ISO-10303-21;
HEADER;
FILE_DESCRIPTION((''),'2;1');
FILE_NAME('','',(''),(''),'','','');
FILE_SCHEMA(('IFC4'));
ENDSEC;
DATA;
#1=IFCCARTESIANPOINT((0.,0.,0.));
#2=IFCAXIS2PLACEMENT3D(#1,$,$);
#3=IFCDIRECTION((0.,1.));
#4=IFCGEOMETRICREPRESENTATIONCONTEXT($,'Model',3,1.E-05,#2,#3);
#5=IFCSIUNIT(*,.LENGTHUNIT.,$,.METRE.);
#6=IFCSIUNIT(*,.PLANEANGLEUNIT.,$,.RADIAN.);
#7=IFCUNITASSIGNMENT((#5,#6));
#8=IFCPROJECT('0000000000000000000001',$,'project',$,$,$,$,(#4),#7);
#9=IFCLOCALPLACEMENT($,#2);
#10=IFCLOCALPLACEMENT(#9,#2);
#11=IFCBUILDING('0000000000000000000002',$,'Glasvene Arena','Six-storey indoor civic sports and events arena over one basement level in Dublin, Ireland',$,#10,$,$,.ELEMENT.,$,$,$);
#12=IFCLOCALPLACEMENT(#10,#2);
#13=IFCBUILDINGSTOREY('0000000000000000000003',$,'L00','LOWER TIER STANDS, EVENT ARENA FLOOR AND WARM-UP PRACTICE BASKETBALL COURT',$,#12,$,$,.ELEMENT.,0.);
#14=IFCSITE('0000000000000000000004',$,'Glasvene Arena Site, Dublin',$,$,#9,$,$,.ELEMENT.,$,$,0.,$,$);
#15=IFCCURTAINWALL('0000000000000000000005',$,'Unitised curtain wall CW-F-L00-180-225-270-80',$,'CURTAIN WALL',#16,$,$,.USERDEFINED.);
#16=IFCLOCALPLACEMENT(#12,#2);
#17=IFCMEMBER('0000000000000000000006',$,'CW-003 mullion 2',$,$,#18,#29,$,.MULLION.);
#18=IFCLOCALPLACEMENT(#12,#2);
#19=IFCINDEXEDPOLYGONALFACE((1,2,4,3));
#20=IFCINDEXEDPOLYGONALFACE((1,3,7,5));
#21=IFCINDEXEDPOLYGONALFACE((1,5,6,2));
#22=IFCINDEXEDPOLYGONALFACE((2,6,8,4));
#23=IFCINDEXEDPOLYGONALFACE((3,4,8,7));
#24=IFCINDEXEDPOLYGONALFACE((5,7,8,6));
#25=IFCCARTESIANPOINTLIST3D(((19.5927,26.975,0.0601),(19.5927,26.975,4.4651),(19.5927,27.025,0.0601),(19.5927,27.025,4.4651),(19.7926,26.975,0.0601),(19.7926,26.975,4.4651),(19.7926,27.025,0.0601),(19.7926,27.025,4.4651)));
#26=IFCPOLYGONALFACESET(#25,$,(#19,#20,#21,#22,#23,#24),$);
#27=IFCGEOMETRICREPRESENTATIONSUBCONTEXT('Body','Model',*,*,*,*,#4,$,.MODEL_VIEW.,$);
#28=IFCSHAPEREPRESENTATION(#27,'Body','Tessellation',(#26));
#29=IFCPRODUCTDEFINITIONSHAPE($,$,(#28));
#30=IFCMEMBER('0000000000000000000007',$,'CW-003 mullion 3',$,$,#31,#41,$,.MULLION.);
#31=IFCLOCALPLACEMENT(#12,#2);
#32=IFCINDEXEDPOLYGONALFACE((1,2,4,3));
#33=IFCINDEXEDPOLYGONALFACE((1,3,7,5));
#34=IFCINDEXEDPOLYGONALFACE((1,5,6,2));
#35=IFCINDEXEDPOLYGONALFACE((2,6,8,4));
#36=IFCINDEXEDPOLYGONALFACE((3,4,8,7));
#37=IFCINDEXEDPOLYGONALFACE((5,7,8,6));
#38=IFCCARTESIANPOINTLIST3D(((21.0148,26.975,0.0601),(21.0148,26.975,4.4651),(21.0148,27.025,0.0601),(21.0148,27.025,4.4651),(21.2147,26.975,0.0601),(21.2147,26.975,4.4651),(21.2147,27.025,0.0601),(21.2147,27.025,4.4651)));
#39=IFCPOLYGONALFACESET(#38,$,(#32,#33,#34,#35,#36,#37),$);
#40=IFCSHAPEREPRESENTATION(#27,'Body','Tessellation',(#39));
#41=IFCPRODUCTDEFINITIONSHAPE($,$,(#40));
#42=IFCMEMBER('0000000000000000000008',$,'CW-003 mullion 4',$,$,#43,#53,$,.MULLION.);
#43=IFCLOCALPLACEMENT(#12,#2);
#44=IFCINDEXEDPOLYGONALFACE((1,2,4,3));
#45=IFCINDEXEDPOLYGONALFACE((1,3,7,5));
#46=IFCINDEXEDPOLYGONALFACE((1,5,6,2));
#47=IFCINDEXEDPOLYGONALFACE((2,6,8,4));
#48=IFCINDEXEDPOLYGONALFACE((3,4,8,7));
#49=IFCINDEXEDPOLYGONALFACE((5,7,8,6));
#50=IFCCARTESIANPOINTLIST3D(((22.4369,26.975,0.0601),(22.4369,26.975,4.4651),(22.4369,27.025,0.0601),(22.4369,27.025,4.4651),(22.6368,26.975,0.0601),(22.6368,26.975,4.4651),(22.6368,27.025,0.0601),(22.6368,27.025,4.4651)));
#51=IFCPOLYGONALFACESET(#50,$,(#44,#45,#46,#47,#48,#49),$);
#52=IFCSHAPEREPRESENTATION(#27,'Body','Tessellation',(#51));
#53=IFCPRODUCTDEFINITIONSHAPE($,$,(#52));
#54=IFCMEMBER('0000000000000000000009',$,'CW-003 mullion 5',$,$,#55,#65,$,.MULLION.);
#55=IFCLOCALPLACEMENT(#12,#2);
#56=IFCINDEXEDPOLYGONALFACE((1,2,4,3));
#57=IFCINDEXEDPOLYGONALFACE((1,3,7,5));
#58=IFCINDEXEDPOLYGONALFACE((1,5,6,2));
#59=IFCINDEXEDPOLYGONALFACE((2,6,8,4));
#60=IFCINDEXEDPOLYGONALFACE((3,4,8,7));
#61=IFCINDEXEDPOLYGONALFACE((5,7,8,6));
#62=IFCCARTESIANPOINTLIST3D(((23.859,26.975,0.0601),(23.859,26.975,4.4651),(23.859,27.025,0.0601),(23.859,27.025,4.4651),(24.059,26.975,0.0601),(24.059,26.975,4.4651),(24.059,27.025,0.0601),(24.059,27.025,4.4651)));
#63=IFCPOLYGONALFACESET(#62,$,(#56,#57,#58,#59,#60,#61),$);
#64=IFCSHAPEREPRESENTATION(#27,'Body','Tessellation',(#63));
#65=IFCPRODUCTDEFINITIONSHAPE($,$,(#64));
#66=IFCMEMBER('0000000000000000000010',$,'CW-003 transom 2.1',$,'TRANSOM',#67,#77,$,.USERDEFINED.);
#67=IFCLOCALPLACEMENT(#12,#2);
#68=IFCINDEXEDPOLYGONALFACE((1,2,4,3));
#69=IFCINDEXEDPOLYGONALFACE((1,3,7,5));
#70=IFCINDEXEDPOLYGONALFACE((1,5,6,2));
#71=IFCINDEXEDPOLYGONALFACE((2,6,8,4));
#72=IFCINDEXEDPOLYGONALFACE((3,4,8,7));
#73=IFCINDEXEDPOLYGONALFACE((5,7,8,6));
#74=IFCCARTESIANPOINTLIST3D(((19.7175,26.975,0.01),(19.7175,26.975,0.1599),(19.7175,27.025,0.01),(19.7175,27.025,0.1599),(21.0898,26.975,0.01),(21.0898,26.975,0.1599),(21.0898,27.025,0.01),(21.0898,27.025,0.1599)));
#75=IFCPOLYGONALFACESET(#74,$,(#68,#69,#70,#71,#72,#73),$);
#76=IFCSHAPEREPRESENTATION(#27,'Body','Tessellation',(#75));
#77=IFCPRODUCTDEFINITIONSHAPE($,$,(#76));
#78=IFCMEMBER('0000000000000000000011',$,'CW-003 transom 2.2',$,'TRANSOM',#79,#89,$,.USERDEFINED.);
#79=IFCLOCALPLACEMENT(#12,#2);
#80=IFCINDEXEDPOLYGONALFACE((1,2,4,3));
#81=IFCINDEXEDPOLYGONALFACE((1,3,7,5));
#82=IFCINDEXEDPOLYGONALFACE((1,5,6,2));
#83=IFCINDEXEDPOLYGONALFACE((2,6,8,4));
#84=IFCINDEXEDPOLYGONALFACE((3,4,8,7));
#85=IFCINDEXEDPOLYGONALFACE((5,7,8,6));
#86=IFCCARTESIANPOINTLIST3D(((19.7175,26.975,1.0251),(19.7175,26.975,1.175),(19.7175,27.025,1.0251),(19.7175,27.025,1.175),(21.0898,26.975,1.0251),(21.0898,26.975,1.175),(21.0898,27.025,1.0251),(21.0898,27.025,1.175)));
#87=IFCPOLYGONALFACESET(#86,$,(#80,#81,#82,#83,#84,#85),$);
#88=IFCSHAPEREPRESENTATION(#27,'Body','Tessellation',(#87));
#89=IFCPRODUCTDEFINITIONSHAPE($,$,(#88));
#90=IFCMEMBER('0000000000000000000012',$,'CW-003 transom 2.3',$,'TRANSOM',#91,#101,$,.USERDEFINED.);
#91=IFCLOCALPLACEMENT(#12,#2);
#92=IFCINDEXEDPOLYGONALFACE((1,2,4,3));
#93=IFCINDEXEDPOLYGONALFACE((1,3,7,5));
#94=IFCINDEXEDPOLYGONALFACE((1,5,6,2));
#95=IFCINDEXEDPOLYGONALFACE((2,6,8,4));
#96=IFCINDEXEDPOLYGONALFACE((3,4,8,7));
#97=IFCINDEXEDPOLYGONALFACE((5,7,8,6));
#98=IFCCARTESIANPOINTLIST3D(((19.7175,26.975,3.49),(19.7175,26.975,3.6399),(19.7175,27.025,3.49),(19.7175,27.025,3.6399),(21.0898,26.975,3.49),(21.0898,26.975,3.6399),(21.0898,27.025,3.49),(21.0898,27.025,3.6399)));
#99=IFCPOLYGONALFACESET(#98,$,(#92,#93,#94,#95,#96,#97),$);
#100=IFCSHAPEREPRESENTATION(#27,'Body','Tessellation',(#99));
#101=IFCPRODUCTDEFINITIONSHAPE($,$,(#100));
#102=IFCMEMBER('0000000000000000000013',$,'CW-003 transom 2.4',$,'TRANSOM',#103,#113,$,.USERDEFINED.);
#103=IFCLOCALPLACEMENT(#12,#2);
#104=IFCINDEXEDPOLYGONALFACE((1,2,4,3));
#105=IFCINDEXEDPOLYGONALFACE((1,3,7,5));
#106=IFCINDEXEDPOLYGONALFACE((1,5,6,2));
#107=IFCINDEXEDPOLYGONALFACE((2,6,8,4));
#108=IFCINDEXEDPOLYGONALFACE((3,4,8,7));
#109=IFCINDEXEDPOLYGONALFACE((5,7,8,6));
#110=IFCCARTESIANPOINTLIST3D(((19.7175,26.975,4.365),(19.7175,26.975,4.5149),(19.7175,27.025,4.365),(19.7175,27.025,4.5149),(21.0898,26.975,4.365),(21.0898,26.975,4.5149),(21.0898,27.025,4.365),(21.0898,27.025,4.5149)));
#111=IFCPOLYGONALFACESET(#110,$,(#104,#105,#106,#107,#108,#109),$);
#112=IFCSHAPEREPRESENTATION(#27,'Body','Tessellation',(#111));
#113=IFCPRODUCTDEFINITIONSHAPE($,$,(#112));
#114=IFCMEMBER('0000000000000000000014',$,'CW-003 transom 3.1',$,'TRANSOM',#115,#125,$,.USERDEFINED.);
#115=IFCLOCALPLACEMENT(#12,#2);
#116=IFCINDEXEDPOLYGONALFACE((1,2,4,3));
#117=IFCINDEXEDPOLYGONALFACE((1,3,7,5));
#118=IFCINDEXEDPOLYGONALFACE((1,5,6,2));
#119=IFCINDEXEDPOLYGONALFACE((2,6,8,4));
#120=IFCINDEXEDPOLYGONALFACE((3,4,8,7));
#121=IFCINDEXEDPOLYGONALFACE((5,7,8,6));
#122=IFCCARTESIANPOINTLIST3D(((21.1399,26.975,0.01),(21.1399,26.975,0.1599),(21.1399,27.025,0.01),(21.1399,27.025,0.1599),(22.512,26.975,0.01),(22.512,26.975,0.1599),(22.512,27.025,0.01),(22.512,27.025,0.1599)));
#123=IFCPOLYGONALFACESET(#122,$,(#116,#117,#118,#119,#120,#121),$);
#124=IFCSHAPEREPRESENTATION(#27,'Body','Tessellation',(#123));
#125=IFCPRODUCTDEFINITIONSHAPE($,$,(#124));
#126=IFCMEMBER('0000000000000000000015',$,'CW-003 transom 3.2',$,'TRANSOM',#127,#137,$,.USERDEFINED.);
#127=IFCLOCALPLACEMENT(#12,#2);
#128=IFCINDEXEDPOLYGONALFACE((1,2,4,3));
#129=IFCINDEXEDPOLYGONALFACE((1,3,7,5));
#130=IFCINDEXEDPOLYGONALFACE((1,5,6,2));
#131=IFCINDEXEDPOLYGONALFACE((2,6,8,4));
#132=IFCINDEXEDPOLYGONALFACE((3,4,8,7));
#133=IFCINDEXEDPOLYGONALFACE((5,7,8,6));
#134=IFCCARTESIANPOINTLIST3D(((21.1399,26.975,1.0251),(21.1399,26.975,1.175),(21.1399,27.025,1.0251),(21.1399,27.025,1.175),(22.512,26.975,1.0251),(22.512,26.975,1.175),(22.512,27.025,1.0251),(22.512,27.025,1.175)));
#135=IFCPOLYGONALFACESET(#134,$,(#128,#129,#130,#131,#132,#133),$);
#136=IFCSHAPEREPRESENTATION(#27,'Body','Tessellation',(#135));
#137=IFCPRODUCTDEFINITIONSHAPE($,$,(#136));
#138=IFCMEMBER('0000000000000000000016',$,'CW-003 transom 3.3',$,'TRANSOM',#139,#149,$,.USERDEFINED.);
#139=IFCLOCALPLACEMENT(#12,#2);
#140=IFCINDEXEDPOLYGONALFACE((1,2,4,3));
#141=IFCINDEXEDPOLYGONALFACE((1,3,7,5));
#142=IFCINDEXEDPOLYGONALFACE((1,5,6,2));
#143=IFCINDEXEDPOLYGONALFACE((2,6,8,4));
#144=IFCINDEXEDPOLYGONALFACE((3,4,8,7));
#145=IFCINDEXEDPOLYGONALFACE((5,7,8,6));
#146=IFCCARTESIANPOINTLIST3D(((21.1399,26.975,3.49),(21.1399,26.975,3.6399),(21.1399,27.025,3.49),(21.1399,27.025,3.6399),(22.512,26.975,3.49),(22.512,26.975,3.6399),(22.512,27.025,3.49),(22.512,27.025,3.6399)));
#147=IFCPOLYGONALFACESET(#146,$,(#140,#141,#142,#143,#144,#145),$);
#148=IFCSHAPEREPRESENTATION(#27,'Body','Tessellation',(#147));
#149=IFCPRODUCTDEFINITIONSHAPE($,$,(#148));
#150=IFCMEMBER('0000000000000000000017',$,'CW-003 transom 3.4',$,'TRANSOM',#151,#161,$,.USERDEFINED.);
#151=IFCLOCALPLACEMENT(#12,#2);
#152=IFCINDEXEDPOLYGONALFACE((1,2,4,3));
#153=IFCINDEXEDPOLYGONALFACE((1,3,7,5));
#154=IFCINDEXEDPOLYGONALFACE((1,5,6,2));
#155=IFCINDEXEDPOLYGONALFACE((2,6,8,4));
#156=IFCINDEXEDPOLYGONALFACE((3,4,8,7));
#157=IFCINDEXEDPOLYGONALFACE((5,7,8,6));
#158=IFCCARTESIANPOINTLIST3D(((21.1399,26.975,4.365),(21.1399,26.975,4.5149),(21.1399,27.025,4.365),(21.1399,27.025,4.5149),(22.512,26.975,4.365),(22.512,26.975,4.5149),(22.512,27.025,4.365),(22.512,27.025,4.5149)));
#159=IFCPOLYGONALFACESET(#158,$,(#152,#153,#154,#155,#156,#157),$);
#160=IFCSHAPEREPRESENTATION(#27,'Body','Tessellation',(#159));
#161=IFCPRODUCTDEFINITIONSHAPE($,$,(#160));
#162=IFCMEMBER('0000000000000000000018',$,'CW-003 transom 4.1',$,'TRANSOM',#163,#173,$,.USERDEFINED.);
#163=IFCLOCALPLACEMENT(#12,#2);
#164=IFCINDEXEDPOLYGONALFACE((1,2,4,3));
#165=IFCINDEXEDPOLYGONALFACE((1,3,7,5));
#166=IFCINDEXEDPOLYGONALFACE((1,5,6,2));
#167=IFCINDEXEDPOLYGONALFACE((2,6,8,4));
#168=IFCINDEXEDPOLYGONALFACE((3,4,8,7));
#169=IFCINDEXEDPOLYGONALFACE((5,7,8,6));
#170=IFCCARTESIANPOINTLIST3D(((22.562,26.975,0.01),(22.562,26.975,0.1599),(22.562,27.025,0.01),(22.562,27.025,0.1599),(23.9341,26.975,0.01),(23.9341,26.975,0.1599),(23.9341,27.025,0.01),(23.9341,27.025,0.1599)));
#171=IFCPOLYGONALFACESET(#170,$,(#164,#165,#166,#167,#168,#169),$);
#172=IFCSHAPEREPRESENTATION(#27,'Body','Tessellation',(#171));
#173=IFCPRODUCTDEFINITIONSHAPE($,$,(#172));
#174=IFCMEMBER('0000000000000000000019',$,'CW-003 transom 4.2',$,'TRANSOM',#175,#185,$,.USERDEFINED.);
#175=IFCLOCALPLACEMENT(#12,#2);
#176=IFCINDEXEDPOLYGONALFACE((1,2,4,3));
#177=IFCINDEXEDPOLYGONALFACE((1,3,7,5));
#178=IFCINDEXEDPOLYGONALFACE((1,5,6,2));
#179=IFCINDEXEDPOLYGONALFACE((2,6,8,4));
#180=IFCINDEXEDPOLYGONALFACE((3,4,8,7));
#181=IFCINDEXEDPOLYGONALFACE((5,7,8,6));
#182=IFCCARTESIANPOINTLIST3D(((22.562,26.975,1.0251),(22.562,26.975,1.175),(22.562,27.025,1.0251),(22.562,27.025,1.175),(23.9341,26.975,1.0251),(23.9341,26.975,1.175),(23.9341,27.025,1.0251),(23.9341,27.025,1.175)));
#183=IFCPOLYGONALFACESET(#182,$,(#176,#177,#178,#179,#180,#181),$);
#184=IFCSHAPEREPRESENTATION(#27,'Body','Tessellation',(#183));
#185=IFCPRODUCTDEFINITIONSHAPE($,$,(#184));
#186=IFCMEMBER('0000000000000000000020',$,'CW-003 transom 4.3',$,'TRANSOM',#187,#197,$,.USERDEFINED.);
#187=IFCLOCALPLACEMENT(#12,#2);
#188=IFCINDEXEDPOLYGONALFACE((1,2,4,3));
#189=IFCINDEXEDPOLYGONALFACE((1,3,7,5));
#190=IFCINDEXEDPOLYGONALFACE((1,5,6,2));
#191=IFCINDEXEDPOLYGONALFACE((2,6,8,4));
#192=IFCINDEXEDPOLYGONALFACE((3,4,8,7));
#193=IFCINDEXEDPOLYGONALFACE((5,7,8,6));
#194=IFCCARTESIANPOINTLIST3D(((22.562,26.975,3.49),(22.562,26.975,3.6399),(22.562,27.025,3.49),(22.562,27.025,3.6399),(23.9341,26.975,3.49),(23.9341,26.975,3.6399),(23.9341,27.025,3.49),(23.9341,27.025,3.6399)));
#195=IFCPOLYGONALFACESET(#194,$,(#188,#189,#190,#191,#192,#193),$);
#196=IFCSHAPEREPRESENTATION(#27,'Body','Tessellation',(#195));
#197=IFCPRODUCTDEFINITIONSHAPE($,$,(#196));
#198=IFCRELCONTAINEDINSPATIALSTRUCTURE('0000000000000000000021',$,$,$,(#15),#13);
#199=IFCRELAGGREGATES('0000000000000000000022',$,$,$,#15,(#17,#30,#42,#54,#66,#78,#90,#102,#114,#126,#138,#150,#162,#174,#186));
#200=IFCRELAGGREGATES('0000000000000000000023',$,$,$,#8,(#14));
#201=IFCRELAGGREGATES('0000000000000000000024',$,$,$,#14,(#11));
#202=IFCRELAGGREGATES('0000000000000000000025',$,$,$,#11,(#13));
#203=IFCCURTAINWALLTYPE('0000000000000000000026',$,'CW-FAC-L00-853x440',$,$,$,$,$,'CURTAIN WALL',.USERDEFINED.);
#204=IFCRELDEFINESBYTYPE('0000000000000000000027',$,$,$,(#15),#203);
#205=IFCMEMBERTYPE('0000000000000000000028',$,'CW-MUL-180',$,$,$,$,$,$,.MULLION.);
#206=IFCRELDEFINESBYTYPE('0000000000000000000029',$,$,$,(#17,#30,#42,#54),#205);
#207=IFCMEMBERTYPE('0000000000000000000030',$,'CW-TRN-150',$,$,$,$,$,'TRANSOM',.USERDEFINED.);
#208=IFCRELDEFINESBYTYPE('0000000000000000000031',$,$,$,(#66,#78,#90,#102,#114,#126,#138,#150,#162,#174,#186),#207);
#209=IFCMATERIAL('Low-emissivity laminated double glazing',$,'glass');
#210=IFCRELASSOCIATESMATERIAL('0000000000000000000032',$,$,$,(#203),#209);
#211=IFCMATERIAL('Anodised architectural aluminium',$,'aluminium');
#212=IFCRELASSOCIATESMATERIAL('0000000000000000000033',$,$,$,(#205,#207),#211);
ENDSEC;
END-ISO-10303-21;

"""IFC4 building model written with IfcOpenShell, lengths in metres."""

from ifc_helpers import new_model, si_unit, direction, frame, origin, origin_2d, place, context, subcontext, project, spatial, rectangle, extrude, material, material_profile, profile_set, type_object, element, aggregate, save


model = new_model("IFC4")

# Units and contexts
model_context = context("Model", 3, precision=1e-05, world=origin(), true_north=direction((0.0, 1.0)))
body_context = subcontext(model_context, "Body", "Model", "MODEL_VIEW")
ifc_project = project(units=[si_unit("LENGTHUNIT", "METRE"), si_unit("PLANEANGLEUNIT", "RADIAN")], contexts=[model_context])

# Site, building, storey
site_placement = place(None, origin())
site = spatial("IfcSite", under=ifc_project, at=site_placement, Name="Glasvene Arena Site, Dublin", CompositionType="ELEMENT", RefElevation=0.0)
building_placement = place(site_placement, origin())
building = spatial("IfcBuilding", under=site, at=building_placement, Name="Glasvene Arena", Description="Six-storey indoor civic sports and events arena over one basement level in Dublin, Ireland", CompositionType="ELEMENT")
storey_placement = place(building_placement, origin())
storey = spatial("IfcBuildingStorey", under=building, at=storey_placement, Name="L00", Description="LOWER TIER STANDS, EVENT ARENA FLOOR AND WARM-UP PRACTICE BASKETBALL COURT", CompositionType="ELEMENT", Elevation=0.0)

# Curtain wall, members
ifc_material_1 = material(Name="Low-emissivity laminated double glazing", Category="glass")
curtain_wall_type = type_object("IfcCurtainWallType", Name="CW-FAC-L00-853x440", ElementType="CURTAIN WALL", PredefinedType="USERDEFINED", material=ifc_material_1)
curtain_wall_placement = place(storey_placement, frame((18.2705, 27.0, 0.0)))
curtain_wall = element("IfcCurtainWall", 1, at=curtain_wall_placement, inside=storey, type_object=curtain_wall_type, Name="Unitised curtain wall CW-F-L00-180-225-270-80", ObjectType="CURTAIN WALL", PredefinedType="USERDEFINED")
ifc_material_2 = material(Name="Anodised architectural aluminium", Category="aluminium")
ifc_material_profile_1 = material_profile(ifc_material_2, rectangle(XDim=0.05, YDim=0.2, at=origin_2d()), Name="ALU MULLION 50x200")
ifc_profile_set_1 = profile_set([ifc_material_profile_1], Name="Anodised architectural aluminium")
member_type_1 = type_object("IfcMemberType", Name="CW-MUL-180", PredefinedType="MULLION", material=ifc_profile_set_1)
member_1_placement = place(storey_placement, frame((19.6926, 27.0, 0.0601), z_axis=(0.0, 0.0, 1.0), x_axis=(0.0, 1.0, 0.0)))
member_1 = element("IfcMember", 2, at=member_1_placement, type_object=member_type_1, Name="CW-003 mullion 2", PredefinedType="MULLION", context=body_context, shape_type="SweptSolid", body=[
    extrude(rectangle(XDim=0.05, YDim=0.2, at=origin_2d()), origin(), (0.0, 0.0, 1.0), 4.405),
])
member_2_placement = place(storey_placement, frame((21.1147, 27.0, 0.0601), z_axis=(0.0, 0.0, 1.0), x_axis=(0.0, 1.0, 0.0)))
member_2 = element("IfcMember", 3, at=member_2_placement, type_object=member_type_1, Name="CW-003 mullion 3", PredefinedType="MULLION", context=body_context, shape_type="SweptSolid", body=[
    extrude(rectangle(XDim=0.05, YDim=0.2, at=origin_2d()), origin(), (0.0, 0.0, 1.0), 4.405),
])
member_3_placement = place(storey_placement, frame((22.5369, 27.0, 0.0601), z_axis=(0.0, 0.0, 1.0), x_axis=(0.0, 1.0, 0.0)))
member_3 = element("IfcMember", 4, at=member_3_placement, type_object=member_type_1, Name="CW-003 mullion 4", PredefinedType="MULLION", context=body_context, shape_type="SweptSolid", body=[
    extrude(rectangle(XDim=0.05, YDim=0.2, at=origin_2d()), origin(), (0.0, 0.0, 1.0), 4.405),
])
member_4_placement = place(storey_placement, frame((23.959, 27.0, 0.0601), z_axis=(0.0, 0.0, 1.0), x_axis=(0.0, 1.0, 0.0)))
member_4 = element("IfcMember", 5, at=member_4_placement, type_object=member_type_1, Name="CW-003 mullion 5", PredefinedType="MULLION", context=body_context, shape_type="SweptSolid", body=[
    extrude(rectangle(XDim=0.05, YDim=0.2, at=origin_2d()), origin(), (0.0, 0.0, 1.0), 4.405),
])
ifc_material_profile_2 = material_profile(ifc_material_2, rectangle(XDim=0.05, YDim=0.1499, at=origin_2d()), Name="ALU TRANSOM 50x150")
ifc_profile_set_2 = profile_set([ifc_material_profile_2], Name="Anodised architectural aluminium")
member_type_2 = type_object("IfcMemberType", Name="CW-TRN-150", ElementType="TRANSOM", PredefinedType="USERDEFINED", material=ifc_profile_set_2)
member_5_placement = place(storey_placement, frame((19.7175, 27.0, 0.085), z_axis=(1.0, 0.0, 0.0), x_axis=(0.0, 1.0, 0.0)))
member_5 = element("IfcMember", 6, at=member_5_placement, type_object=member_type_2, Name="CW-003 transom 2.1", ObjectType="TRANSOM", PredefinedType="USERDEFINED", context=body_context, shape_type="SweptSolid", body=[
    extrude(rectangle(XDim=0.05, YDim=0.1499, at=origin_2d()), origin(), (0.0, 0.0, 1.0), 1.3723),
])
member_6_placement = place(storey_placement, frame((19.7175, 27.0, 1.1001), z_axis=(1.0, 0.0, 0.0), x_axis=(0.0, 1.0, 0.0)))
member_6 = element("IfcMember", 7, at=member_6_placement, type_object=member_type_2, Name="CW-003 transom 2.2", ObjectType="TRANSOM", PredefinedType="USERDEFINED", context=body_context, shape_type="SweptSolid", body=[
    extrude(rectangle(XDim=0.05, YDim=0.1499, at=origin_2d()), origin(), (0.0, 0.0, 1.0), 1.3723),
])
member_7_placement = place(storey_placement, frame((19.7175, 27.0, 3.5649), z_axis=(1.0, 0.0, 0.0), x_axis=(0.0, 1.0, 0.0)))
member_7 = element("IfcMember", 8, at=member_7_placement, type_object=member_type_2, Name="CW-003 transom 2.3", ObjectType="TRANSOM", PredefinedType="USERDEFINED", context=body_context, shape_type="SweptSolid", body=[
    extrude(rectangle(XDim=0.05, YDim=0.1499, at=origin_2d()), origin(), (0.0, 0.0, 1.0), 1.3723),
])
member_8_placement = place(storey_placement, frame((19.7175, 27.0, 4.4399), z_axis=(1.0, 0.0, 0.0), x_axis=(0.0, 1.0, 0.0)))
member_8 = element("IfcMember", 9, at=member_8_placement, type_object=member_type_2, Name="CW-003 transom 2.4", ObjectType="TRANSOM", PredefinedType="USERDEFINED", context=body_context, shape_type="SweptSolid", body=[
    extrude(rectangle(XDim=0.05, YDim=0.1499, at=origin_2d()), origin(), (0.0, 0.0, 1.0), 1.3723),
])
member_9_placement = place(storey_placement, frame((21.1399, 27.0, 0.085), z_axis=(1.0, 0.0, 0.0), x_axis=(0.0, 1.0, 0.0)))
member_9 = element("IfcMember", 10, at=member_9_placement, type_object=member_type_2, Name="CW-003 transom 3.1", ObjectType="TRANSOM", PredefinedType="USERDEFINED", context=body_context, shape_type="SweptSolid", body=[
    extrude(rectangle(XDim=0.05, YDim=0.1499, at=origin_2d()), origin(), (0.0, 0.0, 1.0), 1.3721),
])
member_10_placement = place(storey_placement, frame((21.1399, 27.0, 1.1001), z_axis=(1.0, 0.0, 0.0), x_axis=(0.0, 1.0, 0.0)))
member_10 = element("IfcMember", 11, at=member_10_placement, type_object=member_type_2, Name="CW-003 transom 3.2", ObjectType="TRANSOM", PredefinedType="USERDEFINED", context=body_context, shape_type="SweptSolid", body=[
    extrude(rectangle(XDim=0.05, YDim=0.1499, at=origin_2d()), origin(), (0.0, 0.0, 1.0), 1.3721),
])
member_11_placement = place(storey_placement, frame((21.1399, 27.0, 3.5649), z_axis=(1.0, 0.0, 0.0), x_axis=(0.0, 1.0, 0.0)))
member_11 = element("IfcMember", 12, at=member_11_placement, type_object=member_type_2, Name="CW-003 transom 3.3", ObjectType="TRANSOM", PredefinedType="USERDEFINED", context=body_context, shape_type="SweptSolid", body=[
    extrude(rectangle(XDim=0.05, YDim=0.1499, at=origin_2d()), origin(), (0.0, 0.0, 1.0), 1.3721),
])
member_12_placement = place(storey_placement, frame((21.1399, 27.0, 4.4399), z_axis=(1.0, 0.0, 0.0), x_axis=(0.0, 1.0, 0.0)))
member_12 = element("IfcMember", 13, at=member_12_placement, type_object=member_type_2, Name="CW-003 transom 3.4", ObjectType="TRANSOM", PredefinedType="USERDEFINED", context=body_context, shape_type="SweptSolid", body=[
    extrude(rectangle(XDim=0.05, YDim=0.1499, at=origin_2d()), origin(), (0.0, 0.0, 1.0), 1.3721),
])
member_13_placement = place(storey_placement, frame((22.562, 27.0, 0.085), z_axis=(1.0, 0.0, 0.0), x_axis=(0.0, 1.0, 0.0)))
member_13 = element("IfcMember", 14, at=member_13_placement, type_object=member_type_2, Name="CW-003 transom 4.1", ObjectType="TRANSOM", PredefinedType="USERDEFINED", context=body_context, shape_type="SweptSolid", body=[
    extrude(rectangle(XDim=0.05, YDim=0.1499, at=origin_2d()), origin(), (0.0, 0.0, 1.0), 1.3721),
])
member_14_placement = place(storey_placement, frame((22.562, 27.0, 1.1001), z_axis=(1.0, 0.0, 0.0), x_axis=(0.0, 1.0, 0.0)))
member_14 = element("IfcMember", 15, at=member_14_placement, type_object=member_type_2, Name="CW-003 transom 4.2", ObjectType="TRANSOM", PredefinedType="USERDEFINED", context=body_context, shape_type="SweptSolid", body=[
    extrude(rectangle(XDim=0.05, YDim=0.1499, at=origin_2d()), origin(), (0.0, 0.0, 1.0), 1.3721),
])
member_15_placement = place(storey_placement, frame((22.562, 27.0, 3.5649), z_axis=(1.0, 0.0, 0.0), x_axis=(0.0, 1.0, 0.0)))
member_15 = element("IfcMember", 16, at=member_15_placement, type_object=member_type_2, Name="CW-003 transom 4.3", ObjectType="TRANSOM", PredefinedType="USERDEFINED", context=body_context, shape_type="SweptSolid", body=[
    extrude(rectangle(XDim=0.05, YDim=0.1499, at=origin_2d()), origin(), (0.0, 0.0, 1.0), 1.3721),
])
aggregate(curtain_wall, [member_1, member_2, member_3, member_4, member_5, member_6, member_7, member_8, member_9, member_10, member_11, member_12, member_13, member_14, member_15])

save(model, "model.ifc")
